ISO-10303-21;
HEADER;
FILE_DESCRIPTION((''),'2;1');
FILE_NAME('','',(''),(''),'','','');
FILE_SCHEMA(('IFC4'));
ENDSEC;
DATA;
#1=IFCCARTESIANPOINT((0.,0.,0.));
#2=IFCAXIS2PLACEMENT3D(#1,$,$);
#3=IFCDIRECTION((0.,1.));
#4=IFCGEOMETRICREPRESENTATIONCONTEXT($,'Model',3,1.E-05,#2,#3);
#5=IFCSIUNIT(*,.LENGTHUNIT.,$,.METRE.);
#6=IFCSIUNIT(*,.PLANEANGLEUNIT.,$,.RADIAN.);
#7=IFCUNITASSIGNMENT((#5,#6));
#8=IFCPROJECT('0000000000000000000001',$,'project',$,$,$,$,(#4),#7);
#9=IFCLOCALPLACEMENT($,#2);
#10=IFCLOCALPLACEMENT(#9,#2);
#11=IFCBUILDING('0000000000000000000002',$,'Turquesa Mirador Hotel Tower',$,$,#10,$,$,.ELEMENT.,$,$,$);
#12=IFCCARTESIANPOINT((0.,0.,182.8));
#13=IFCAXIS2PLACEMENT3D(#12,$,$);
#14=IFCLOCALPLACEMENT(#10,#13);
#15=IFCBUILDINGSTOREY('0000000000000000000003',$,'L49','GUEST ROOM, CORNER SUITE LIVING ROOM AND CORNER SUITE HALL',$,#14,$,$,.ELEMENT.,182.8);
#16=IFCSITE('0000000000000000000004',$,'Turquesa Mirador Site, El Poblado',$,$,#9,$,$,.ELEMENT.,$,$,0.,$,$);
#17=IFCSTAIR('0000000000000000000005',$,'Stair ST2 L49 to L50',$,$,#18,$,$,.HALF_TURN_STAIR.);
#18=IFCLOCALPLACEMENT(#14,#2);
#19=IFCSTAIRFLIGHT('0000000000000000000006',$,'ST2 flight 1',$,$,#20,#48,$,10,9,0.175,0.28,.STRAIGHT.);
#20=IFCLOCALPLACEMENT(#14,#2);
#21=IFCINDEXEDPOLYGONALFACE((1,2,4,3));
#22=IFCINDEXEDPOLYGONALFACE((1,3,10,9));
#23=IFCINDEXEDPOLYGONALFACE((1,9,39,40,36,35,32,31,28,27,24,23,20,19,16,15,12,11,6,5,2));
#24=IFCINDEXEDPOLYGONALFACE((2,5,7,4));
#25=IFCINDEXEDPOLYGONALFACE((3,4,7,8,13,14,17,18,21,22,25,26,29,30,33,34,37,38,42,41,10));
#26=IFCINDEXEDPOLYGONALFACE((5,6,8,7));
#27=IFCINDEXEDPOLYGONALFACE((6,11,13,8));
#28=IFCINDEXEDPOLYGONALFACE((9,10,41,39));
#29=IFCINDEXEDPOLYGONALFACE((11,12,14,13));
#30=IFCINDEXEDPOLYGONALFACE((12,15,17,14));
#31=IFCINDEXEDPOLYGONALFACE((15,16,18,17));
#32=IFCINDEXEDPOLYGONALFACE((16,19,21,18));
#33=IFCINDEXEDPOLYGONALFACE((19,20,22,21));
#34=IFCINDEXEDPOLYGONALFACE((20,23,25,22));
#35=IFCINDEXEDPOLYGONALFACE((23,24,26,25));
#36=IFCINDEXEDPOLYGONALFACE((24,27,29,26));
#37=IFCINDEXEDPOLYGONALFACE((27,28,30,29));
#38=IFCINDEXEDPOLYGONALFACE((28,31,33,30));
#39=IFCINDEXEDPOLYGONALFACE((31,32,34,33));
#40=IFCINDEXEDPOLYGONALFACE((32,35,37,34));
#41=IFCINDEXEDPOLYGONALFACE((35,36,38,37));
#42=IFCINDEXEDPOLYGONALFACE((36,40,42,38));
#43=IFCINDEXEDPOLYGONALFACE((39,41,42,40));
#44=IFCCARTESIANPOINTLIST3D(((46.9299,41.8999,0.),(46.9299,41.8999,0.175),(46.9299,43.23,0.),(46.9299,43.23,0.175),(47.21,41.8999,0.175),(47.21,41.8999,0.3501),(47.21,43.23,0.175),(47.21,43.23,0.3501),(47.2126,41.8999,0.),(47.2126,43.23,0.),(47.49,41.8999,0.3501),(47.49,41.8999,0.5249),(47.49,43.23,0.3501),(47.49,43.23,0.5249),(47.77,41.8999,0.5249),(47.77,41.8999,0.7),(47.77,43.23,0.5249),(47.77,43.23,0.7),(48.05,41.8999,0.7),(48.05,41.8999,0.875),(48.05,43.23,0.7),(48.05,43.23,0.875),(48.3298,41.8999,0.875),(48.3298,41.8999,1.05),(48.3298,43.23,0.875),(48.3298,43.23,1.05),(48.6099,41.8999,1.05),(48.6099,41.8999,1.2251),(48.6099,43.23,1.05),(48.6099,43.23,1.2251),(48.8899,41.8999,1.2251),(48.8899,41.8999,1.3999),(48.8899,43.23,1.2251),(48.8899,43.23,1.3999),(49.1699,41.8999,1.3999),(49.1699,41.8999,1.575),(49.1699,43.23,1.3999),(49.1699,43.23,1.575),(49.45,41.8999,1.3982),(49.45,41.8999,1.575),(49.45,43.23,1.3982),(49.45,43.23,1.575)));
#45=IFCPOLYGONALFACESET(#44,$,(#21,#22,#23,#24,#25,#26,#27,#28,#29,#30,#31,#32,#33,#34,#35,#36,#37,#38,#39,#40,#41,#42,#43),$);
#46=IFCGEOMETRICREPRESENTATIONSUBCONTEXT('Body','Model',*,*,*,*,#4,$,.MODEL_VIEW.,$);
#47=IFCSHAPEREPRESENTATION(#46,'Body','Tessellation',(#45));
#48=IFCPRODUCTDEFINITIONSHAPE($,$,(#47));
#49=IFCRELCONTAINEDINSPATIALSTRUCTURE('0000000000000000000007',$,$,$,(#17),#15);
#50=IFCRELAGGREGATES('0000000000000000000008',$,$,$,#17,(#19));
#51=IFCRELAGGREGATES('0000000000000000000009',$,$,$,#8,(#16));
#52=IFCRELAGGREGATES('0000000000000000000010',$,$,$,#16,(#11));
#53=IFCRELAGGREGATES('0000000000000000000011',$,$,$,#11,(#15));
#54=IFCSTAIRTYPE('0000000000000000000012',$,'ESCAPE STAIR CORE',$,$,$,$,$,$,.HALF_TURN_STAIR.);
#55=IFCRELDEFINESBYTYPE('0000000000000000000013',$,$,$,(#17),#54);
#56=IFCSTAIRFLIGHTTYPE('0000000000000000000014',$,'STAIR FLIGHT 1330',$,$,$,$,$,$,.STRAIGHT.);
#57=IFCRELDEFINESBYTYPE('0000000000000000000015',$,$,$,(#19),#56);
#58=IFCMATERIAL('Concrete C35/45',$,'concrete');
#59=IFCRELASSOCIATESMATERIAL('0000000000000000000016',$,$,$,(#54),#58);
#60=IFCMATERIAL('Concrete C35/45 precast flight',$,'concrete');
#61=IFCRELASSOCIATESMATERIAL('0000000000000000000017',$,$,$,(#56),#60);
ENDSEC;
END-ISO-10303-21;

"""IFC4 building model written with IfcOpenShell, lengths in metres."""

from ifc_helpers import new_model, si_unit, direction, frame, origin, place, context, subcontext, project, spatial, polyline, outline, extrude, material, type_object, element, aggregate, save


model = new_model("IFC4")

# Units and contexts
model_context = context("Model", 3, precision=1e-05, world=origin(), true_north=direction((0.0, 1.0)))
body_context = subcontext(model_context, "Body", "Model", "MODEL_VIEW")
ifc_project = project(units=[si_unit("LENGTHUNIT", "METRE"), si_unit("PLANEANGLEUNIT", "RADIAN")], contexts=[model_context])

# Site, building, storey
site_placement = place(None, origin())
site = spatial("IfcSite", under=ifc_project, at=site_placement, Name="Turquesa Mirador Site, El Poblado", CompositionType="ELEMENT", RefElevation=0.0)
building_placement = place(site_placement, origin())
building = spatial("IfcBuilding", under=site, at=building_placement, Name="Turquesa Mirador Hotel Tower", CompositionType="ELEMENT")
storey_placement = place(building_placement, frame((0.0, 0.0, 182.8)))
storey = spatial("IfcBuildingStorey", under=building, at=storey_placement, Name="L49", Description="GUEST ROOM, CORNER SUITE LIVING ROOM AND CORNER SUITE HALL", CompositionType="ELEMENT", Elevation=182.8)

# Stair, stair flight
ifc_material_1 = material(Name="Concrete C35/45", Category="concrete")
stair_type = type_object("IfcStairType", Name="ESCAPE STAIR CORE", PredefinedType="HALF_TURN_STAIR", material=ifc_material_1)
stair_placement = place(storey_placement, origin())
stair = element("IfcStair", 1, at=stair_placement, inside=storey, type_object=stair_type, Name="Stair ST2 L49 to L50", PredefinedType="HALF_TURN_STAIR")
ifc_material_2 = material(Name="Concrete C35/45 precast flight", Category="concrete")
stair_flight_type = type_object("IfcStairFlightType", Name="STAIR FLIGHT 1330", PredefinedType="STRAIGHT", material=ifc_material_2)
stair_flight_placement = place(storey_placement, frame((46.9299, 42.5649, 0.0), z_axis=(0.0, 0.0, 1.0), x_axis=(1.0, 0.0, 0.0)))
stair_flight = element("IfcStairFlight", 2, at=stair_flight_placement, type_object=stair_flight_type, Name="ST2 flight 1", NumberOfRisers=10, NumberOfTreads=9, PredefinedType="STRAIGHT", RiserHeight=0.175, TreadLength=0.28, context=body_context, shape_type="SweptSolid", body=[
    extrude(outline(polyline([(0.0, 0.0), (0.0, 0.175), (0.28, 0.175), (0.28, 0.3501), (0.5601, 0.3501), (0.5601, 0.5249), (0.8401, 0.5249), (0.8401, 0.7), (1.1201, 0.7), (1.1201, 0.875), (1.3999, 0.875), (1.3999, 1.05), (1.6799, 1.05), (1.6799, 1.2251), (1.96, 1.2251), (1.96, 1.3999), (2.24, 1.3999), (2.24, 1.575), (2.52, 1.575), (2.52, 1.75), (2.52, 1.3982), (0.2827, 0.0), (0.0, 0.0)])), frame((0.0, 0.665, 0.0), z_axis=(0.0, -1.0, 0.0), x_axis=(1.0, 0.0, 0.0)), (0.0, 0.0, 1.0), 1.3301),
])
aggregate(stair, [stair_flight])

save(model, "model.ifc")
